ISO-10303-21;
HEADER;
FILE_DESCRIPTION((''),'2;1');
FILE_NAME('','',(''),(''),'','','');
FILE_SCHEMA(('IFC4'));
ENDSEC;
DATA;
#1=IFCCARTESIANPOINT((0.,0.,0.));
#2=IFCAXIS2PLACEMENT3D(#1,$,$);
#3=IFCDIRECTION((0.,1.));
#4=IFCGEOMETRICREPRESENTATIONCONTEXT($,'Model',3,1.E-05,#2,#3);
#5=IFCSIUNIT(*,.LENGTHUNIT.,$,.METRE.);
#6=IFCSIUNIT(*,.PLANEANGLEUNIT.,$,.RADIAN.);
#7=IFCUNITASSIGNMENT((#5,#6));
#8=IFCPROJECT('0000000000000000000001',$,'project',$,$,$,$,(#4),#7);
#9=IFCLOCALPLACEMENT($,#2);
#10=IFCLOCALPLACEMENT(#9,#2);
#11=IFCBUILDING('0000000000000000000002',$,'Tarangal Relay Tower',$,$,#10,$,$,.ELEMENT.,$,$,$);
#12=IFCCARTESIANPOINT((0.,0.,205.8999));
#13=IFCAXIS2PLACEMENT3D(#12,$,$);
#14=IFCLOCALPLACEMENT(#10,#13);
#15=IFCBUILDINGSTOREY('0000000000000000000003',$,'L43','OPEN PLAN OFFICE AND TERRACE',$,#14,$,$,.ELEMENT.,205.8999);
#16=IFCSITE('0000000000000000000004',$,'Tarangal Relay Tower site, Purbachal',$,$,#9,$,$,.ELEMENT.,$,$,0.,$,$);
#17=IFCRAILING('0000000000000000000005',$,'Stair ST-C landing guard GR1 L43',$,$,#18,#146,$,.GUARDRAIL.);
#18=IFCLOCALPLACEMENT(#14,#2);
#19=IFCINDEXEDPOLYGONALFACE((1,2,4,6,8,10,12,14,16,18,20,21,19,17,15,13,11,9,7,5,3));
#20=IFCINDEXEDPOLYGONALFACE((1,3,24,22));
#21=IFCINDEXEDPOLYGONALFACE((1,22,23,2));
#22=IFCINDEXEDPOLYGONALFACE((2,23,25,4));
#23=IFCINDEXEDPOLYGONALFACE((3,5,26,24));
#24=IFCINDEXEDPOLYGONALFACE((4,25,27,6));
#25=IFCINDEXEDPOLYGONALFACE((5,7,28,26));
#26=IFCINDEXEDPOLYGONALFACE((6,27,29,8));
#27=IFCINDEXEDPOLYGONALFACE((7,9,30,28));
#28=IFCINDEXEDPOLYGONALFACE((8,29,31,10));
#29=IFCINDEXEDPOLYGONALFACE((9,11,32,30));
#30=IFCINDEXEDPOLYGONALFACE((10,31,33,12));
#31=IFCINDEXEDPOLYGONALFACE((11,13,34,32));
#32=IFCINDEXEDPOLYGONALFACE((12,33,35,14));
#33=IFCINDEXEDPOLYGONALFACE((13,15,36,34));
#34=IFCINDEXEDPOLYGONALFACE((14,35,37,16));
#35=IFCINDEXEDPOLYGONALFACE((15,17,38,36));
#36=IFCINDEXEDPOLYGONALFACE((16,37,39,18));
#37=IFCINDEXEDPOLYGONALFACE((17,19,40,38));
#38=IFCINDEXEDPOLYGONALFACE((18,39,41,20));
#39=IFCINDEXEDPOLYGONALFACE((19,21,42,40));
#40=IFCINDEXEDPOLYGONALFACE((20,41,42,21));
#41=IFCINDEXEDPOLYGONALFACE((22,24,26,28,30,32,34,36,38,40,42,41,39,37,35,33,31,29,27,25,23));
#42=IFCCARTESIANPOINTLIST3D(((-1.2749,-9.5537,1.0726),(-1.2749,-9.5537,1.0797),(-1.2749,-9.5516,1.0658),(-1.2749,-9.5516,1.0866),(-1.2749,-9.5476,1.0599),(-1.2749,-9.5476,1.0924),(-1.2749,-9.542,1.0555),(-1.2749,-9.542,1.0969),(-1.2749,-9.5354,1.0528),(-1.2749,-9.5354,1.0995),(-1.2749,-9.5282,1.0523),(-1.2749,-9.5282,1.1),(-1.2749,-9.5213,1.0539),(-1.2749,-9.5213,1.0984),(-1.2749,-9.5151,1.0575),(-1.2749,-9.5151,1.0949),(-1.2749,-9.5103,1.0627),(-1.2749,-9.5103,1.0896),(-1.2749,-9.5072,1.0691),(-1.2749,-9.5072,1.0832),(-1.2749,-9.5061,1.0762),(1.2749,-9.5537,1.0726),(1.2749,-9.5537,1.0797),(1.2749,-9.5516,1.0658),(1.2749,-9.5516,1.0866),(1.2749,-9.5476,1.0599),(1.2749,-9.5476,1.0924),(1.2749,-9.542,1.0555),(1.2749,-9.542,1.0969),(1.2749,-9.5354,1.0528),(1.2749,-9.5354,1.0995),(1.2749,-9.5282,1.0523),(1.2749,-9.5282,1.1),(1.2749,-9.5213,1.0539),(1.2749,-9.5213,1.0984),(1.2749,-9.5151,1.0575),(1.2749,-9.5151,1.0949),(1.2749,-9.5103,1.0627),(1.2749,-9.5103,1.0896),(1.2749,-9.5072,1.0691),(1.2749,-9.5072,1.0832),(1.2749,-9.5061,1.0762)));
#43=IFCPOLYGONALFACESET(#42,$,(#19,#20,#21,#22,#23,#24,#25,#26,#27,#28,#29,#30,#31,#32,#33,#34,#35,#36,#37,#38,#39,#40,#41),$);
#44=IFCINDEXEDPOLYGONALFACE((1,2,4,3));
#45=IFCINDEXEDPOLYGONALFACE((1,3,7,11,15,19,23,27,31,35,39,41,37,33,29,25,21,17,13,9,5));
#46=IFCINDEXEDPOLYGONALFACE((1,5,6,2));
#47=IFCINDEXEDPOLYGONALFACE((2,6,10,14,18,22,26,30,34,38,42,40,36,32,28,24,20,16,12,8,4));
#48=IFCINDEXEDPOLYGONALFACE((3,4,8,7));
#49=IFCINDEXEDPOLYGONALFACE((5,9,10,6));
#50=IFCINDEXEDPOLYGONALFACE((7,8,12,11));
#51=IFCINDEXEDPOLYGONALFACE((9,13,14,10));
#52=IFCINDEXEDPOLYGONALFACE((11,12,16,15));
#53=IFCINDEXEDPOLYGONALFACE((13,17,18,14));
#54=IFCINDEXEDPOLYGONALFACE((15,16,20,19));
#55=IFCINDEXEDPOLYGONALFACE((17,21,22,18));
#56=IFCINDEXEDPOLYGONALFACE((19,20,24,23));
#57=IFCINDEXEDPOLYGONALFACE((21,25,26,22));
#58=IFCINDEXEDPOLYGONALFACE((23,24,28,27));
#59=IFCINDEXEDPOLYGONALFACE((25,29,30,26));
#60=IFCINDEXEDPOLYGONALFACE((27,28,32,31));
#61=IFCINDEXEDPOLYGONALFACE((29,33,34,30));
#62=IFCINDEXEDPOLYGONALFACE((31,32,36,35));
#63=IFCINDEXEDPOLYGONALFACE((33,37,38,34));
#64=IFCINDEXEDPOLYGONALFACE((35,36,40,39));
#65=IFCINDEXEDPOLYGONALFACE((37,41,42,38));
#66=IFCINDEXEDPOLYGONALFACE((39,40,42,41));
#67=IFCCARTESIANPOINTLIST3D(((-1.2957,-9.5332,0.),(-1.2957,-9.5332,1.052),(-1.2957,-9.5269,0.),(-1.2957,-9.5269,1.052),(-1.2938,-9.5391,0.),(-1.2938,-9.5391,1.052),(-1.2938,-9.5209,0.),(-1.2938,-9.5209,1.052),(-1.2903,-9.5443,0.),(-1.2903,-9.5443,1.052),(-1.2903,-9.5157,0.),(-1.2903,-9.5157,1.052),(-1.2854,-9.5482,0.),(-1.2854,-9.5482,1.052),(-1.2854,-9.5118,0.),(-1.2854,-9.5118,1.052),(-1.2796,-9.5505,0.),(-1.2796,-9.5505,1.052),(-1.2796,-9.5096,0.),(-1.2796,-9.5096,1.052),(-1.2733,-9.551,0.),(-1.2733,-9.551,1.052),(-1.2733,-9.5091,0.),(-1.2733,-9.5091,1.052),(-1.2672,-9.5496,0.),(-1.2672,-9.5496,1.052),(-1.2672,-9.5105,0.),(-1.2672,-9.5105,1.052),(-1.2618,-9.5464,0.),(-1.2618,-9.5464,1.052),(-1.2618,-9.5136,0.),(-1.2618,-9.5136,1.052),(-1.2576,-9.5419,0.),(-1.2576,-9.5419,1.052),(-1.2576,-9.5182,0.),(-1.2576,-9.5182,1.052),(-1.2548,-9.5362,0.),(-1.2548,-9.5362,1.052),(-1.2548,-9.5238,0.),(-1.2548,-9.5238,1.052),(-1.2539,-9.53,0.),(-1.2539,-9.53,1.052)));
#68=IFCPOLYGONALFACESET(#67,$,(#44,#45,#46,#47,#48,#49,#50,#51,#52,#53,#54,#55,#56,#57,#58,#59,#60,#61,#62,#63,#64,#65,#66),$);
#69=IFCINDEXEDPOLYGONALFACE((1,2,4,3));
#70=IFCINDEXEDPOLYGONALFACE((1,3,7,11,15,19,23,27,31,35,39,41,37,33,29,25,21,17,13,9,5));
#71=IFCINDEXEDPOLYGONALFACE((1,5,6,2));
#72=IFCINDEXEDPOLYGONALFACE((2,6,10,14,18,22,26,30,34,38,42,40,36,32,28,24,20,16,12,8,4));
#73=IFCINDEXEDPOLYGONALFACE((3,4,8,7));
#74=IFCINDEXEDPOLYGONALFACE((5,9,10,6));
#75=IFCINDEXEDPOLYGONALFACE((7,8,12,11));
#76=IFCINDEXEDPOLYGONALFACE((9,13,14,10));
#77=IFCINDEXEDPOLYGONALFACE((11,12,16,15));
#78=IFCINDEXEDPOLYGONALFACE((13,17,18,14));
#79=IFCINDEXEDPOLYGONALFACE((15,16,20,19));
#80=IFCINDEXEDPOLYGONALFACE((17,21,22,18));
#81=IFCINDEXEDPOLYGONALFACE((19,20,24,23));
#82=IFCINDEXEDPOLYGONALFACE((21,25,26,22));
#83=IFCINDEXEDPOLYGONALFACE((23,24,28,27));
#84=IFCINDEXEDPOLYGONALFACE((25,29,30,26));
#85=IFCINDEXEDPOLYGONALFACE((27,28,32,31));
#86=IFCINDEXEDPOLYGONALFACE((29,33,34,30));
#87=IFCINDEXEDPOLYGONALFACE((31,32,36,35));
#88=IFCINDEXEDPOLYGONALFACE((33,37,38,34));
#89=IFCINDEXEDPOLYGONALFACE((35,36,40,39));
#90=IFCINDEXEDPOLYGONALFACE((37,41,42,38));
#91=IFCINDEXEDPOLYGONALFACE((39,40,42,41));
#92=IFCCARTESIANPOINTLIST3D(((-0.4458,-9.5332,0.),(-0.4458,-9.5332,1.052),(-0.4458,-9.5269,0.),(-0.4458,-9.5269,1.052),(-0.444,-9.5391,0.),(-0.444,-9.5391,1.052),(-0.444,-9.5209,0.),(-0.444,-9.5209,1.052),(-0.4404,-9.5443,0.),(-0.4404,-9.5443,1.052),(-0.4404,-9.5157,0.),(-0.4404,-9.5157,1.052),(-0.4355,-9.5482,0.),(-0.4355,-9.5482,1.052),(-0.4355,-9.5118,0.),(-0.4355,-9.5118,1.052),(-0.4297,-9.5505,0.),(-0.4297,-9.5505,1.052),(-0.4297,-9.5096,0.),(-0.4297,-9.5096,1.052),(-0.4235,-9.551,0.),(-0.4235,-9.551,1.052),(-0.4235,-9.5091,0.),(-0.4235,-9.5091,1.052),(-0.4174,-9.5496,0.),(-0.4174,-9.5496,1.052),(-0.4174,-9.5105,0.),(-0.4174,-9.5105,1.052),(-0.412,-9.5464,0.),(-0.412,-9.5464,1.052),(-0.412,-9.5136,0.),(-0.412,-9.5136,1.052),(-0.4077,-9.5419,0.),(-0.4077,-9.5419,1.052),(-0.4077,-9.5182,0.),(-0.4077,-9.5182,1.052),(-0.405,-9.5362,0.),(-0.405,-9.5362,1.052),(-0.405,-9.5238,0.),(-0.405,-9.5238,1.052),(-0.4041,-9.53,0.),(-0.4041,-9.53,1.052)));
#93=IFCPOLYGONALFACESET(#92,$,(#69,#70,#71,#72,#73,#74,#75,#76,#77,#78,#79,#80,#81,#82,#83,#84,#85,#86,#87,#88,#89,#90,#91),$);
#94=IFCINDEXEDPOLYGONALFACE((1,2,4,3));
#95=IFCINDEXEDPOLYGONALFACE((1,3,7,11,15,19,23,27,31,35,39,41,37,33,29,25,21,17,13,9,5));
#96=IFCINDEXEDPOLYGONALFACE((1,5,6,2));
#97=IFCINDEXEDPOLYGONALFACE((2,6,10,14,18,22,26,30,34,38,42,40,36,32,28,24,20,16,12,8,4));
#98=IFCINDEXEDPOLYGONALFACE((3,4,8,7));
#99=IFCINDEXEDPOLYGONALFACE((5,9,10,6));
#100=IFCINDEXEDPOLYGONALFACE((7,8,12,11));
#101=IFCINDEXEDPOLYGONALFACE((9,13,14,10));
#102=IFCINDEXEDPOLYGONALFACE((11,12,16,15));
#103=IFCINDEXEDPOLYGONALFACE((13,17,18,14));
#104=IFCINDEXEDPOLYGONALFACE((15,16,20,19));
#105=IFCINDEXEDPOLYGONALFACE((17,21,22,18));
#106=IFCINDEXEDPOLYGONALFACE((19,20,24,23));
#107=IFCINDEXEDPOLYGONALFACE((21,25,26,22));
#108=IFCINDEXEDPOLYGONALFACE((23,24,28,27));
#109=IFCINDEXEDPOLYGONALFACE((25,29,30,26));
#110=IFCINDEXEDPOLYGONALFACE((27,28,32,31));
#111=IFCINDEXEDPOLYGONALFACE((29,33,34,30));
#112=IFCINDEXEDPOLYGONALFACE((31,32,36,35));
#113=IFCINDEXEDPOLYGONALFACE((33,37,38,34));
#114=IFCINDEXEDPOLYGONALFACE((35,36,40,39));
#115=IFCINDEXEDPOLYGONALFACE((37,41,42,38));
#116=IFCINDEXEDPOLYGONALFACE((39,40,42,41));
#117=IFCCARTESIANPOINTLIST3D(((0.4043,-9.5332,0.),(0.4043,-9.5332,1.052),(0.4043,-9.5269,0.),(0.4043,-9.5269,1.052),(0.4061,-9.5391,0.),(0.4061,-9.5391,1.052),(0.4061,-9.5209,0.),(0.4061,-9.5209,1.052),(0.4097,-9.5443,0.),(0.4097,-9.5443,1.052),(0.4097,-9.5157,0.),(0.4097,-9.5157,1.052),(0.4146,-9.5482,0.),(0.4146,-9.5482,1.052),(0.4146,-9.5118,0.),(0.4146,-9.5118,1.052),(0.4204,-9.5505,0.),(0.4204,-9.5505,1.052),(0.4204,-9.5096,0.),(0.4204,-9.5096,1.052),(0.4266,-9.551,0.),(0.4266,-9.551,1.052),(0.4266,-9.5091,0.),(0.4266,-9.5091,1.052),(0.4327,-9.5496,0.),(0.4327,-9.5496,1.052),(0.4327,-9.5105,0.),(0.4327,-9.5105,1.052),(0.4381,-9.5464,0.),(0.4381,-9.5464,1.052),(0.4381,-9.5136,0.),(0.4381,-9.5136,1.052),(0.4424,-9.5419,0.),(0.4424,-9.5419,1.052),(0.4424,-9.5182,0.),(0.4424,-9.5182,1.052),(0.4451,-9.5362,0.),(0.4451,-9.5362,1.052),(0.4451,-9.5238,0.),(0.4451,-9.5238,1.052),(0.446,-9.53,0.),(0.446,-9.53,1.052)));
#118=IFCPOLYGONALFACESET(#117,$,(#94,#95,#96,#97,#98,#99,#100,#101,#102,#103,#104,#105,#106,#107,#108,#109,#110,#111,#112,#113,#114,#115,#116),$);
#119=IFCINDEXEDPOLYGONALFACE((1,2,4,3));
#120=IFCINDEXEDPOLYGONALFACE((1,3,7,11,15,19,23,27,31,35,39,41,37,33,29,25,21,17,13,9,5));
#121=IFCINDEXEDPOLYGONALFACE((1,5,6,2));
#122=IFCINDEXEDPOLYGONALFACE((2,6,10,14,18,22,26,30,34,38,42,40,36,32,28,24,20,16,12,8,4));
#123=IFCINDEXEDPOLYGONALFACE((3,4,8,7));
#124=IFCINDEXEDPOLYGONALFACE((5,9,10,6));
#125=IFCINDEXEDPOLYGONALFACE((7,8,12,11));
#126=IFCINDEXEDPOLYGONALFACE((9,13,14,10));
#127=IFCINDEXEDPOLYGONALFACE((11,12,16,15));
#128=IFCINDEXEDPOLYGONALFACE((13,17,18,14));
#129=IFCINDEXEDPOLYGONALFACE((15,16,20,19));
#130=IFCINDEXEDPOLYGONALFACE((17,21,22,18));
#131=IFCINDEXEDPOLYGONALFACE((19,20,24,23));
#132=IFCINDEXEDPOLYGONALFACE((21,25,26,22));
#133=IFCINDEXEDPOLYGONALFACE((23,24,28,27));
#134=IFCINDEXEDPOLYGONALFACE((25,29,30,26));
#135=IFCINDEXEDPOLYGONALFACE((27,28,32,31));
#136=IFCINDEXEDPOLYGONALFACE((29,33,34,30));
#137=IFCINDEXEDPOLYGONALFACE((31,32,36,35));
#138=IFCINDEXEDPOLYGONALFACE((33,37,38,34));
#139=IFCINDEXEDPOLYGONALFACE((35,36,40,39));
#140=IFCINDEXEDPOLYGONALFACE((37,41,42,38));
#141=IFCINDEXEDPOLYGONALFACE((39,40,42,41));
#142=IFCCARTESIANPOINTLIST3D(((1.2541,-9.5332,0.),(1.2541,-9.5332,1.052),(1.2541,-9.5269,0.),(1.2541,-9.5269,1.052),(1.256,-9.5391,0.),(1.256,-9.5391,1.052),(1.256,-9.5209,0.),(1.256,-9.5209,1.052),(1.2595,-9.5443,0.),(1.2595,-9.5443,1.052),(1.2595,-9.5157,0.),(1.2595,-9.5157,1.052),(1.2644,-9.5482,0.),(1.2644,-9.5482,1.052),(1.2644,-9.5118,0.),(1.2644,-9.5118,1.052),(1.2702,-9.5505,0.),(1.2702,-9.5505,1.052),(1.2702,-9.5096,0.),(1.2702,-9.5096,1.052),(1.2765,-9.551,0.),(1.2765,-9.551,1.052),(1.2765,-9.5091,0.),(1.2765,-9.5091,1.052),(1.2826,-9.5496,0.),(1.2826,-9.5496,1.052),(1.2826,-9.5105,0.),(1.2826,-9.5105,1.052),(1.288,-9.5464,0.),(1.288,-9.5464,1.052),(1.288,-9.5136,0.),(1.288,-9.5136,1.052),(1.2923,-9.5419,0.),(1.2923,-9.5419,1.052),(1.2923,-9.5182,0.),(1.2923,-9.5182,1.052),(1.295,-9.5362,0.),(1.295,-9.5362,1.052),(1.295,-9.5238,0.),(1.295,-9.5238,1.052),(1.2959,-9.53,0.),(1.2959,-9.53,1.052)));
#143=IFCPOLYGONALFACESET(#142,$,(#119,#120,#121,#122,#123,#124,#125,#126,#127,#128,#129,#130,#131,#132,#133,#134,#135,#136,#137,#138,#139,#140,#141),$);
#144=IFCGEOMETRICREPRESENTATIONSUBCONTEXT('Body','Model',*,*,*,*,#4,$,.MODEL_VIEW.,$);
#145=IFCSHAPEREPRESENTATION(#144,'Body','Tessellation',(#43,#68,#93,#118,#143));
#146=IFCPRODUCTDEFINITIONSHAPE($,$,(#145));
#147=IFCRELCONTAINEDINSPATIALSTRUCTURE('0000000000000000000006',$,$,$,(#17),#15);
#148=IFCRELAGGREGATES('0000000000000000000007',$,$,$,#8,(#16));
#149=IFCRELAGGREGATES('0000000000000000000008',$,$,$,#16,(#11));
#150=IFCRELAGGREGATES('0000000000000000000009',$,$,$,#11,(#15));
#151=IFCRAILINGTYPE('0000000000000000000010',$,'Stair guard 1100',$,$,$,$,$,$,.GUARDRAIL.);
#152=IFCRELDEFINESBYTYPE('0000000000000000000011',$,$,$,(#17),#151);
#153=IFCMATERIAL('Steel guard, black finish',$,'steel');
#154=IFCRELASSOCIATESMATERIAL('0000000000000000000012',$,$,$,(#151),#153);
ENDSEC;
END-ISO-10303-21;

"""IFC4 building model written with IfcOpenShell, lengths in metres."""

from ifc_helpers import new_model, si_unit, direction, frame, origin, origin_2d, place, context, subcontext, project, spatial, circle, extrude, material, type_object, element, save


model = new_model("IFC4")

# Units and contexts
model_context = context("Model", 3, precision=1e-05, world=origin(), true_north=direction((0.0, 1.0)))
body_context = subcontext(model_context, "Body", "Model", "MODEL_VIEW")
ifc_project = project(units=[si_unit("LENGTHUNIT", "METRE"), si_unit("PLANEANGLEUNIT", "RADIAN")], contexts=[model_context])

# Site, building, storey
site_placement = place(None, origin())
site = spatial("IfcSite", under=ifc_project, at=site_placement, Name="Tarangal Relay Tower site, Purbachal", CompositionType="ELEMENT", RefElevation=0.0)
building_placement = place(site_placement, origin())
building = spatial("IfcBuilding", under=site, at=building_placement, Name="Tarangal Relay Tower", CompositionType="ELEMENT")
storey_placement = place(building_placement, frame((0.0, 0.0, 205.8999)))
storey = spatial("IfcBuildingStorey", under=building, at=storey_placement, Name="L43", Description="OPEN PLAN OFFICE AND TERRACE", CompositionType="ELEMENT", Elevation=205.8999)

# Railing
ifc_material_1 = material(Name="Steel guard, black finish", Category="steel")
railing_type_1 = type_object("IfcRailingType", Name="Stair guard 1100", PredefinedType="GUARDRAIL", material=ifc_material_1)
for number, where, name in (
    (1, (-1.2749, -9.53, 0.0), "Stair ST-C landing guard GR1 L43"),
):
    element("IfcRailing", number, at=place(storey_placement, frame(where)), inside=storey, type_object=railing_type_1, Name=name, PredefinedType="GUARDRAIL", context=body_context, shape_type="SweptSolid", body=[
        extrude(circle(Radius=0.0239, at=origin_2d()), frame((0.0, 0.0, 1.0762), z_axis=(1.0, 0.0, 0.0), x_axis=(0.0, 1.0, 0.0)), (0.0, 0.0, 1.0), 2.5498),
        extrude(circle(Radius=0.021, at=origin_2d()), origin(), (0.0, 0.0, 1.0), 1.052),
        extrude(circle(Radius=0.021, at=origin_2d()), frame((0.8499, 0.0, 0.0)), (0.0, 0.0, 1.0), 1.052),
        extrude(circle(Radius=0.021, at=origin_2d()), frame((1.7, 0.0, 0.0)), (0.0, 0.0, 1.0), 1.052),
        extrude(circle(Radius=0.021, at=origin_2d()), frame((2.5498, 0.0, 0.0)), (0.0, 0.0, 1.0), 1.052),
    ])

save(model, "model.ifc")
